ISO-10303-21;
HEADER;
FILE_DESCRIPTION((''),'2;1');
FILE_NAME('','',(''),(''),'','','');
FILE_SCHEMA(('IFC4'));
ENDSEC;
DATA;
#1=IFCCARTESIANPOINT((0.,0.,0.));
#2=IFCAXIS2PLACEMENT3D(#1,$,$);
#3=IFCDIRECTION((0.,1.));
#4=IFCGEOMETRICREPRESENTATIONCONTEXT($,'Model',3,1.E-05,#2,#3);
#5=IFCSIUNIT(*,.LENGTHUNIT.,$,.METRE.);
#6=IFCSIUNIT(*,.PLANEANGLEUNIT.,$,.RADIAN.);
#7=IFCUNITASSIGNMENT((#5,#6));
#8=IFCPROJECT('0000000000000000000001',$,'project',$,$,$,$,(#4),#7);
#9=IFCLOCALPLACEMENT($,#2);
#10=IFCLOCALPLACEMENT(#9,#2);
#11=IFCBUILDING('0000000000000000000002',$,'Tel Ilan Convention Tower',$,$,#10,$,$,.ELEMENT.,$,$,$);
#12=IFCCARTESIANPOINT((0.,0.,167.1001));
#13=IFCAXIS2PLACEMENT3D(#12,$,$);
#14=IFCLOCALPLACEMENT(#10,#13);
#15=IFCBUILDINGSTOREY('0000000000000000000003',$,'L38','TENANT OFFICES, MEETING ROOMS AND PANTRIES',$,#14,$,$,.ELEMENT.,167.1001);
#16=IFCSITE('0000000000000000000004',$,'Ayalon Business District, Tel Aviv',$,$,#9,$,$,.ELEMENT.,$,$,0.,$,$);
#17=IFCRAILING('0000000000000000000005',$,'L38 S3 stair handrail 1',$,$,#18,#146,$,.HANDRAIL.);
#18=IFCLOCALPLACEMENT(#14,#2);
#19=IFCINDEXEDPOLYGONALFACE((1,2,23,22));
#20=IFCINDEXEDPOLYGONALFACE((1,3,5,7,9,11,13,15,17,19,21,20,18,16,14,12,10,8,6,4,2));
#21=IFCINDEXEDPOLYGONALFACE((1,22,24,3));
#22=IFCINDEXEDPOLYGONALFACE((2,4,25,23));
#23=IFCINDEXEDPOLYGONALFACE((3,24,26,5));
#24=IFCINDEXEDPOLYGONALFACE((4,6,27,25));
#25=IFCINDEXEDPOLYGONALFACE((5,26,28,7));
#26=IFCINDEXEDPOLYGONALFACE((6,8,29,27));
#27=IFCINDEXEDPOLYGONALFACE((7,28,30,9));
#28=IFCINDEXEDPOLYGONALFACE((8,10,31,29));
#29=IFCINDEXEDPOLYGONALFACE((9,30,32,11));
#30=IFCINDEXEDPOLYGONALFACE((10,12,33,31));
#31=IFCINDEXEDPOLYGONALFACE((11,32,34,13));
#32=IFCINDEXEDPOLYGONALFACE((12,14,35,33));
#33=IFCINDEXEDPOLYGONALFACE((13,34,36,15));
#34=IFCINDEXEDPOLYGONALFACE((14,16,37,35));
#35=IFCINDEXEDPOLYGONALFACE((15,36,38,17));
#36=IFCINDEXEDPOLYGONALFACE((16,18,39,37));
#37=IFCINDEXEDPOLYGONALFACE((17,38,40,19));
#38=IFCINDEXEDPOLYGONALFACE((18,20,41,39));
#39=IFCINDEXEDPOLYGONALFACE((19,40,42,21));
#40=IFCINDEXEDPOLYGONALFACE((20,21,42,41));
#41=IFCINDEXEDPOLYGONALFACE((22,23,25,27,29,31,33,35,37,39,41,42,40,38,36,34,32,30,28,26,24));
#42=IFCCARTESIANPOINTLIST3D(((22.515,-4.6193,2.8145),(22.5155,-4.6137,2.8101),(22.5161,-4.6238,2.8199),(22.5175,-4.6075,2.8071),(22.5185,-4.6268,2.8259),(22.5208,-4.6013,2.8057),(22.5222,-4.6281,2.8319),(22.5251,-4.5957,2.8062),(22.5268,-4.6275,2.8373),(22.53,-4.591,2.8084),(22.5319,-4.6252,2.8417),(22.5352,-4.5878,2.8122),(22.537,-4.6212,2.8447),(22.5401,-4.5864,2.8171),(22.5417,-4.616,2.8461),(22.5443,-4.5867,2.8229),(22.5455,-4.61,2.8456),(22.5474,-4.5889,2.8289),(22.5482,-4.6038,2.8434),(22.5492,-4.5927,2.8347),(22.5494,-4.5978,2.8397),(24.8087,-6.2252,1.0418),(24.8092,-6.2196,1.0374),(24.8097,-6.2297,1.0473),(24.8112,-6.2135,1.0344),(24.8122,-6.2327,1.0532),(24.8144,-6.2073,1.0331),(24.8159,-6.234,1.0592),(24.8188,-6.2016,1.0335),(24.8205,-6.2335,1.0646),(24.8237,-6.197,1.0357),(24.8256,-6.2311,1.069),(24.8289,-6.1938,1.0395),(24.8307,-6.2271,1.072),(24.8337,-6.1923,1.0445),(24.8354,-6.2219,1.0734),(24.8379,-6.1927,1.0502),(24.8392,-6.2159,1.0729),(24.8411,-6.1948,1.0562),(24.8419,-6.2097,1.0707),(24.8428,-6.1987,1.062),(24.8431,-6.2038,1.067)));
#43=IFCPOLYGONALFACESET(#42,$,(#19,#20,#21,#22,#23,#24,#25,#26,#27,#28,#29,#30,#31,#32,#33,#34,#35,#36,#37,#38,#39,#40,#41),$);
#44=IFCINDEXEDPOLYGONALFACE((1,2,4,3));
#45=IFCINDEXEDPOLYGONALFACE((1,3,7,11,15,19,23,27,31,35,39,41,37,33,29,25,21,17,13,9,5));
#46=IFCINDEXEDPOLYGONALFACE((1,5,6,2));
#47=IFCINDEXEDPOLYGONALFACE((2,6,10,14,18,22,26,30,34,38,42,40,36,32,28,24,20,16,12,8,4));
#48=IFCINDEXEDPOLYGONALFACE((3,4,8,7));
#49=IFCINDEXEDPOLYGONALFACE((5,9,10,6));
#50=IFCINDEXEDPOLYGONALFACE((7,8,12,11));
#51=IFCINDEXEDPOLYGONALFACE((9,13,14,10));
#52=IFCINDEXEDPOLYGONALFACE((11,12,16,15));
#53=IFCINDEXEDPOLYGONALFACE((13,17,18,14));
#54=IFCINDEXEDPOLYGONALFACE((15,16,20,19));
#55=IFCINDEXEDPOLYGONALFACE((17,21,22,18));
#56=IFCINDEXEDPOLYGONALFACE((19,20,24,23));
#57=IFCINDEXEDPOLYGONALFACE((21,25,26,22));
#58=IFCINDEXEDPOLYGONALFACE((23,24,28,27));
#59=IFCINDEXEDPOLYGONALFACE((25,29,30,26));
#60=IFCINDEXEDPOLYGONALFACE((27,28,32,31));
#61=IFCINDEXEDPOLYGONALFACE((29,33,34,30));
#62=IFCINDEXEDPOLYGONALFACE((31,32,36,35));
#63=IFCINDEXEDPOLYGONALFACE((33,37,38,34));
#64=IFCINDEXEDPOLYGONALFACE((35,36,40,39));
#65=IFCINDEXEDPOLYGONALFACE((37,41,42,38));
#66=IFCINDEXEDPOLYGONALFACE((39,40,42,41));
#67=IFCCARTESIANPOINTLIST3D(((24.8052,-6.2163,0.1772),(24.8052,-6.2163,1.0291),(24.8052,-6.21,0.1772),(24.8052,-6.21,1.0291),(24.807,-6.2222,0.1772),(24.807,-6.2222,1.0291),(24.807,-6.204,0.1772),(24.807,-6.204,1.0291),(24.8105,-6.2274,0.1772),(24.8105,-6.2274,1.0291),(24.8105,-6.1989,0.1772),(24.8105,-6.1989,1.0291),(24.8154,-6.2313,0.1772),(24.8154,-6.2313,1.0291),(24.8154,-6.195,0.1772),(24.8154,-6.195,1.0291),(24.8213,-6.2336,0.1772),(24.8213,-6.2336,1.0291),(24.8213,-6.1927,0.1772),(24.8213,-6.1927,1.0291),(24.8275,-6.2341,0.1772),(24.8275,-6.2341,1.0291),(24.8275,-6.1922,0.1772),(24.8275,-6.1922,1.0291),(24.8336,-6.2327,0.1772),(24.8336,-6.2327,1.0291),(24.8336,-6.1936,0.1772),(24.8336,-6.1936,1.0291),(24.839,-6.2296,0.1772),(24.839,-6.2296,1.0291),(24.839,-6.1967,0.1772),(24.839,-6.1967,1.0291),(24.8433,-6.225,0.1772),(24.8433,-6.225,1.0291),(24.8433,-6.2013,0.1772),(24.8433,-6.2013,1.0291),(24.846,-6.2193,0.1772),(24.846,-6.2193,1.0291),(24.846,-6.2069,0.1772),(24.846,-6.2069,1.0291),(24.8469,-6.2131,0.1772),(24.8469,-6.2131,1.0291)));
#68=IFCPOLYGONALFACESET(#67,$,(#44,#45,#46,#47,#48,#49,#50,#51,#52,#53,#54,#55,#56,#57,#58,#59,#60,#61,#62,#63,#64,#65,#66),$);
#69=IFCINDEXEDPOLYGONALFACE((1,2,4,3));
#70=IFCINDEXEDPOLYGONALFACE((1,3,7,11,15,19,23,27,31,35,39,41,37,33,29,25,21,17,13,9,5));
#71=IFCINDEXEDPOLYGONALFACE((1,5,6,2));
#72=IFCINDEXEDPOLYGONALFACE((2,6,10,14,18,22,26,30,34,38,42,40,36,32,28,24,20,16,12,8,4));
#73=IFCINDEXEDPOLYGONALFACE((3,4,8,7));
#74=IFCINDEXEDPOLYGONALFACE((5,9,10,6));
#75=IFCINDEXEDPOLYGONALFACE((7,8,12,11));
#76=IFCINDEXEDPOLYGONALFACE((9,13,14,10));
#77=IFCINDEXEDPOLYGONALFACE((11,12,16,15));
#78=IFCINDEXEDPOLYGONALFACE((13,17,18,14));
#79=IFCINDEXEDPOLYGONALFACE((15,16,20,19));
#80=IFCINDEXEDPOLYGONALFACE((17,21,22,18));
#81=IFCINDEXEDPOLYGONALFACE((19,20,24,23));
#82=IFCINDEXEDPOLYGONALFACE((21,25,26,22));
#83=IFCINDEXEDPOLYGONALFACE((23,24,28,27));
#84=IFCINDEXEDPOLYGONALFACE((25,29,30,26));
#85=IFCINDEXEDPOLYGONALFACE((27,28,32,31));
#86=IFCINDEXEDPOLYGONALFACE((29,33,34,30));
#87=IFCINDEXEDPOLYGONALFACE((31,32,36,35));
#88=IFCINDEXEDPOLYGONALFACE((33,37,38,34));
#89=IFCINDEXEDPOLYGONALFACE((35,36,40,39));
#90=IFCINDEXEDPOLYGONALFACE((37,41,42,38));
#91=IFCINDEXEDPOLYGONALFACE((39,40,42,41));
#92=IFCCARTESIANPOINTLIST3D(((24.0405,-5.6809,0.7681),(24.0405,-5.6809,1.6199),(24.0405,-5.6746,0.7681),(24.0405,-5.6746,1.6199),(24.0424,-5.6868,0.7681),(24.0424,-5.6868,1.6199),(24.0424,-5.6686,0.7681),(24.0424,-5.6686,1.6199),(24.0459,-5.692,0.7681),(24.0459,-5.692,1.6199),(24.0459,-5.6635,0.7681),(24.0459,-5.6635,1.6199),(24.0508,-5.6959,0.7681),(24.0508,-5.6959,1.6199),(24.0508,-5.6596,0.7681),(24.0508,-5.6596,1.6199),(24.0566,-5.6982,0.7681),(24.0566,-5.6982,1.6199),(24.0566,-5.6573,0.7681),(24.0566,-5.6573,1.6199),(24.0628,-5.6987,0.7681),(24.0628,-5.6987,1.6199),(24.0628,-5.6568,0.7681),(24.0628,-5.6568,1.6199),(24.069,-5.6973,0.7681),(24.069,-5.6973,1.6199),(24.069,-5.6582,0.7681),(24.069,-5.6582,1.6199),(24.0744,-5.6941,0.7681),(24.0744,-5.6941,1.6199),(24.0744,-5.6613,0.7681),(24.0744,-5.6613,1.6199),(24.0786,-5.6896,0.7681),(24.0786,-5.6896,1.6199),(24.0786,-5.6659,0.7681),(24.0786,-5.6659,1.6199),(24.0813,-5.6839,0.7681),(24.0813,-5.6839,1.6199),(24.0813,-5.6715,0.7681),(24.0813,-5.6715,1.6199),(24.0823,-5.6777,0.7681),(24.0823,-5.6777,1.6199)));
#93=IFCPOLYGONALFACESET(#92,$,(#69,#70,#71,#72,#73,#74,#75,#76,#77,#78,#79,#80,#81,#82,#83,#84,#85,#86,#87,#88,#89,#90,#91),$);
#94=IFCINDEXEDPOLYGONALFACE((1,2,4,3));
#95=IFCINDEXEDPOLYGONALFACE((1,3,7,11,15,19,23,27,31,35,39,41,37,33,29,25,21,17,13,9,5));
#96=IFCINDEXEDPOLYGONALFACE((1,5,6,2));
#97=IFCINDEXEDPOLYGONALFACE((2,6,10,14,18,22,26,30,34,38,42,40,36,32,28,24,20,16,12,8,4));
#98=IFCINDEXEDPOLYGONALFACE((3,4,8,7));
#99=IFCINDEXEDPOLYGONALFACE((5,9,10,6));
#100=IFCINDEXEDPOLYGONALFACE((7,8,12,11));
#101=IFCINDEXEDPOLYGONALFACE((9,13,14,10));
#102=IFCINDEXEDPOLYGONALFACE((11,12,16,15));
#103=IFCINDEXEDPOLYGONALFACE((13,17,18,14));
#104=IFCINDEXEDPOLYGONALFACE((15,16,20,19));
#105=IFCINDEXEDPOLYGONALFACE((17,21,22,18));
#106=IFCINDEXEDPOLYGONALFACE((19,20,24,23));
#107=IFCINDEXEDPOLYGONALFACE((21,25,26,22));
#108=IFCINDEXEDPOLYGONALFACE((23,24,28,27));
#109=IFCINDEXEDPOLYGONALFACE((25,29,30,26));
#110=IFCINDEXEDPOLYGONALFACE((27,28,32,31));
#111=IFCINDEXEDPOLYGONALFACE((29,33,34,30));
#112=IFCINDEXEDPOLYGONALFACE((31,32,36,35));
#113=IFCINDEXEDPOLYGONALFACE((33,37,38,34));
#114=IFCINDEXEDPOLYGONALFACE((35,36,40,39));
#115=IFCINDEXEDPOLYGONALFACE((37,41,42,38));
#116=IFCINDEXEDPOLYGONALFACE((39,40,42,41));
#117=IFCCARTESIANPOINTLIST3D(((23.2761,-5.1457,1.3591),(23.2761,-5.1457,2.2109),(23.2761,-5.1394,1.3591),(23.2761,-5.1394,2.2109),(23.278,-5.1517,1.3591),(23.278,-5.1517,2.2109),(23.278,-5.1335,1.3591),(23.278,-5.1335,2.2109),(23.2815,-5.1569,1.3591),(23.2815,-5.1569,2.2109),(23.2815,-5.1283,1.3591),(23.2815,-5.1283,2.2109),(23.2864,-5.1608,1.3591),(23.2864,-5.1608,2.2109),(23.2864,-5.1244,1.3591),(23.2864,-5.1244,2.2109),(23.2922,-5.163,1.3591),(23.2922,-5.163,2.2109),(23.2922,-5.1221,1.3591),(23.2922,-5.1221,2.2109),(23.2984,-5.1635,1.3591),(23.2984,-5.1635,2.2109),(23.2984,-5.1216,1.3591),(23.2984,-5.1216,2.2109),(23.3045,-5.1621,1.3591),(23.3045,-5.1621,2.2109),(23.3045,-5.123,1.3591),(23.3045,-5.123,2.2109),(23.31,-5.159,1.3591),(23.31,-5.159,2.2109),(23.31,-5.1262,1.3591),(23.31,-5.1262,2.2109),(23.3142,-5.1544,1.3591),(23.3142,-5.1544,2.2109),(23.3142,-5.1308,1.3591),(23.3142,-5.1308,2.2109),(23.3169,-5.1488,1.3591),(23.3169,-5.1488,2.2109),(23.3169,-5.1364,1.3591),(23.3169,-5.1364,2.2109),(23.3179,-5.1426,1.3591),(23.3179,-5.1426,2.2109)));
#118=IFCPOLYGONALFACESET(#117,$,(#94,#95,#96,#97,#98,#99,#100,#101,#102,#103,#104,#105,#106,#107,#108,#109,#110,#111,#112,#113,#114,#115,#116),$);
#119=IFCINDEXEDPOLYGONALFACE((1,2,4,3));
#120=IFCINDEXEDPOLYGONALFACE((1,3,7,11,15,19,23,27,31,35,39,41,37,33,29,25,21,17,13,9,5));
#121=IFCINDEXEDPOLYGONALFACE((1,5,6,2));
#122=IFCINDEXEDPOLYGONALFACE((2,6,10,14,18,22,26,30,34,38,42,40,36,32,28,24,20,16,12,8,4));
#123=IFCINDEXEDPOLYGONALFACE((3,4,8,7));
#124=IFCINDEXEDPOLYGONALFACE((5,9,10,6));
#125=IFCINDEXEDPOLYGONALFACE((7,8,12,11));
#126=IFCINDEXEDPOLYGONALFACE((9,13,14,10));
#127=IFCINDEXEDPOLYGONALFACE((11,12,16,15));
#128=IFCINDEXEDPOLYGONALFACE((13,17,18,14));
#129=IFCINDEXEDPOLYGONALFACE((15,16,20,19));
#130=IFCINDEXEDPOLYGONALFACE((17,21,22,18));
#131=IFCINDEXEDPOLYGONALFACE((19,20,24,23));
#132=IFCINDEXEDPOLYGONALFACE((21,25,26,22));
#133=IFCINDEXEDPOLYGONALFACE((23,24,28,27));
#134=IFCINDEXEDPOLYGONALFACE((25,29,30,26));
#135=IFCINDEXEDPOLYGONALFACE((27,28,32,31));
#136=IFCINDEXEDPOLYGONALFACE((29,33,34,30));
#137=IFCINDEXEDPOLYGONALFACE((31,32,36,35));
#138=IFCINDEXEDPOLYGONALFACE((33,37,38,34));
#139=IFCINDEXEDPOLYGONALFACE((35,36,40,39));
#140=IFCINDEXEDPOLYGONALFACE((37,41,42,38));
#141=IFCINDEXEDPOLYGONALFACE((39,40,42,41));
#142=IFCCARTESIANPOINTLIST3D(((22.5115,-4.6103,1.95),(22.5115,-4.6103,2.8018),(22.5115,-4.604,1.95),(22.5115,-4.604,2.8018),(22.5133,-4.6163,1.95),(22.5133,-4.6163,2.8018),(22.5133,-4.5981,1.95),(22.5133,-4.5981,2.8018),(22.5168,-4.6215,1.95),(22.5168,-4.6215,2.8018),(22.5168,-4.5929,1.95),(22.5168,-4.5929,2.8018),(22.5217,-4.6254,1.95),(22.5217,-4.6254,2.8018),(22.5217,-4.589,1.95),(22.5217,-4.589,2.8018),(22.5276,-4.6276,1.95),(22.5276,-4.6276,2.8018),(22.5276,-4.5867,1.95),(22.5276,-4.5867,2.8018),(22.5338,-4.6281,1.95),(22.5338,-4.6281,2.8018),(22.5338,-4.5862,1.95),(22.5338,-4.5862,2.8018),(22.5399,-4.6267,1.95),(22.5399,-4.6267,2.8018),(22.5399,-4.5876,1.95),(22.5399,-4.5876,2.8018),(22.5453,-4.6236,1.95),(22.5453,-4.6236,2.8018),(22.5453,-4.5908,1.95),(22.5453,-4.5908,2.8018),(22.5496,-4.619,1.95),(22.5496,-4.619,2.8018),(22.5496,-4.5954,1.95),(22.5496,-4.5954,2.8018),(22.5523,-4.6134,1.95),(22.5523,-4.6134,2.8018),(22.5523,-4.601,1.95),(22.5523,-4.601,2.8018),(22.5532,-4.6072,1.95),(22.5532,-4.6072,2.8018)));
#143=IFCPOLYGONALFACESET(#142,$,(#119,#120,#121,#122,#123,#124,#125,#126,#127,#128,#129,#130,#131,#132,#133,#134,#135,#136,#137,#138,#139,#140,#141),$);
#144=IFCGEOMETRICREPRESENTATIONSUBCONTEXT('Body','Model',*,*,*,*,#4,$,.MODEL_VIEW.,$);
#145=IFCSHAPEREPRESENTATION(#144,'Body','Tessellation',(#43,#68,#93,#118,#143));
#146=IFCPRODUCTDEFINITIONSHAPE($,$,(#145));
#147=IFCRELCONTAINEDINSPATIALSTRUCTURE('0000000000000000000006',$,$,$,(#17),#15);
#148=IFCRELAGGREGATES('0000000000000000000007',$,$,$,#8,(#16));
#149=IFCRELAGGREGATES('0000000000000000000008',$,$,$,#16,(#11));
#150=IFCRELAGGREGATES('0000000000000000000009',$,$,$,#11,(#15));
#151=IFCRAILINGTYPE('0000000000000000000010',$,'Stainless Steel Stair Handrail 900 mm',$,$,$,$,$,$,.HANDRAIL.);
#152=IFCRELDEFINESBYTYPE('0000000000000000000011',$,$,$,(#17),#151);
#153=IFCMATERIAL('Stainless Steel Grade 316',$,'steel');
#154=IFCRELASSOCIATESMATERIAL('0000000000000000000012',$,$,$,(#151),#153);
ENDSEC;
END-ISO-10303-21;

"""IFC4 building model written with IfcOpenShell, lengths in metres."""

from ifc_helpers import new_model, si_unit, direction, frame, origin, origin_2d, place, context, subcontext, project, spatial, circle, extrude, material, type_object, element, save


model = new_model("IFC4")

# Units and contexts
model_context = context("Model", 3, precision=1e-05, world=origin(), true_north=direction((0.0, 1.0)))
body_context = subcontext(model_context, "Body", "Model", "MODEL_VIEW")
ifc_project = project(units=[si_unit("LENGTHUNIT", "METRE"), si_unit("PLANEANGLEUNIT", "RADIAN")], contexts=[model_context])

# Site, building, storey
site_placement = place(None, origin())
site = spatial("IfcSite", under=ifc_project, at=site_placement, Name="Ayalon Business District, Tel Aviv", CompositionType="ELEMENT", RefElevation=0.0)
building_placement = place(site_placement, origin())
building = spatial("IfcBuilding", under=site, at=building_placement, Name="Tel Ilan Convention Tower", CompositionType="ELEMENT")
storey_placement = place(building_placement, frame((0.0, 0.0, 167.1001)))
storey = spatial("IfcBuildingStorey", under=building, at=storey_placement, Name="L38", Description="TENANT OFFICES, MEETING ROOMS AND PANTRIES", CompositionType="ELEMENT", Elevation=167.1001)

# Railing
ifc_material_1 = material(Name="Stainless Steel Grade 316", Category="steel")
railing_type_1 = type_object("IfcRailingType", Name="Stainless Steel Stair Handrail 900 mm", PredefinedType="HANDRAIL", material=ifc_material_1)
railing_1_placement = place(storey_placement, frame((24.8259, -6.2131, 0.1772)))
element("IfcRailing", 1, at=railing_1_placement, inside=storey, type_object=railing_type_1, Name="L38 S3 stair handrail 1", PredefinedType="HANDRAIL", context=body_context, shape_type="SweptSolid", body=[
    extrude(circle(Radius=0.0239, at=origin_2d()), frame((0.0, 0.0, 0.876), z_axis=(-0.692123, 0.484597, 0.534913), x_axis=(-0.57355, -0.81917, 0.0)), (0.0, 0.0, 1.0), 3.314),
    extrude(circle(Radius=0.021, at=origin_2d()), origin(), (0.0, 0.0, 1.0), 0.8518),
    extrude(circle(Radius=0.021, at=origin_2d()), frame((-0.7646, 0.5354, 0.5908)), (0.0, 0.0, 1.0), 0.8518),
    extrude(circle(Radius=0.021, at=origin_2d()), frame((-1.5291, 1.0706, 1.1819)), (0.0, 0.0, 1.0), 0.8518),
    extrude(circle(Radius=0.021, at=origin_2d()), frame((-2.2937, 1.606, 1.7727)), (0.0, 0.0, 1.0), 0.8518),
])

save(model, "model.ifc")
